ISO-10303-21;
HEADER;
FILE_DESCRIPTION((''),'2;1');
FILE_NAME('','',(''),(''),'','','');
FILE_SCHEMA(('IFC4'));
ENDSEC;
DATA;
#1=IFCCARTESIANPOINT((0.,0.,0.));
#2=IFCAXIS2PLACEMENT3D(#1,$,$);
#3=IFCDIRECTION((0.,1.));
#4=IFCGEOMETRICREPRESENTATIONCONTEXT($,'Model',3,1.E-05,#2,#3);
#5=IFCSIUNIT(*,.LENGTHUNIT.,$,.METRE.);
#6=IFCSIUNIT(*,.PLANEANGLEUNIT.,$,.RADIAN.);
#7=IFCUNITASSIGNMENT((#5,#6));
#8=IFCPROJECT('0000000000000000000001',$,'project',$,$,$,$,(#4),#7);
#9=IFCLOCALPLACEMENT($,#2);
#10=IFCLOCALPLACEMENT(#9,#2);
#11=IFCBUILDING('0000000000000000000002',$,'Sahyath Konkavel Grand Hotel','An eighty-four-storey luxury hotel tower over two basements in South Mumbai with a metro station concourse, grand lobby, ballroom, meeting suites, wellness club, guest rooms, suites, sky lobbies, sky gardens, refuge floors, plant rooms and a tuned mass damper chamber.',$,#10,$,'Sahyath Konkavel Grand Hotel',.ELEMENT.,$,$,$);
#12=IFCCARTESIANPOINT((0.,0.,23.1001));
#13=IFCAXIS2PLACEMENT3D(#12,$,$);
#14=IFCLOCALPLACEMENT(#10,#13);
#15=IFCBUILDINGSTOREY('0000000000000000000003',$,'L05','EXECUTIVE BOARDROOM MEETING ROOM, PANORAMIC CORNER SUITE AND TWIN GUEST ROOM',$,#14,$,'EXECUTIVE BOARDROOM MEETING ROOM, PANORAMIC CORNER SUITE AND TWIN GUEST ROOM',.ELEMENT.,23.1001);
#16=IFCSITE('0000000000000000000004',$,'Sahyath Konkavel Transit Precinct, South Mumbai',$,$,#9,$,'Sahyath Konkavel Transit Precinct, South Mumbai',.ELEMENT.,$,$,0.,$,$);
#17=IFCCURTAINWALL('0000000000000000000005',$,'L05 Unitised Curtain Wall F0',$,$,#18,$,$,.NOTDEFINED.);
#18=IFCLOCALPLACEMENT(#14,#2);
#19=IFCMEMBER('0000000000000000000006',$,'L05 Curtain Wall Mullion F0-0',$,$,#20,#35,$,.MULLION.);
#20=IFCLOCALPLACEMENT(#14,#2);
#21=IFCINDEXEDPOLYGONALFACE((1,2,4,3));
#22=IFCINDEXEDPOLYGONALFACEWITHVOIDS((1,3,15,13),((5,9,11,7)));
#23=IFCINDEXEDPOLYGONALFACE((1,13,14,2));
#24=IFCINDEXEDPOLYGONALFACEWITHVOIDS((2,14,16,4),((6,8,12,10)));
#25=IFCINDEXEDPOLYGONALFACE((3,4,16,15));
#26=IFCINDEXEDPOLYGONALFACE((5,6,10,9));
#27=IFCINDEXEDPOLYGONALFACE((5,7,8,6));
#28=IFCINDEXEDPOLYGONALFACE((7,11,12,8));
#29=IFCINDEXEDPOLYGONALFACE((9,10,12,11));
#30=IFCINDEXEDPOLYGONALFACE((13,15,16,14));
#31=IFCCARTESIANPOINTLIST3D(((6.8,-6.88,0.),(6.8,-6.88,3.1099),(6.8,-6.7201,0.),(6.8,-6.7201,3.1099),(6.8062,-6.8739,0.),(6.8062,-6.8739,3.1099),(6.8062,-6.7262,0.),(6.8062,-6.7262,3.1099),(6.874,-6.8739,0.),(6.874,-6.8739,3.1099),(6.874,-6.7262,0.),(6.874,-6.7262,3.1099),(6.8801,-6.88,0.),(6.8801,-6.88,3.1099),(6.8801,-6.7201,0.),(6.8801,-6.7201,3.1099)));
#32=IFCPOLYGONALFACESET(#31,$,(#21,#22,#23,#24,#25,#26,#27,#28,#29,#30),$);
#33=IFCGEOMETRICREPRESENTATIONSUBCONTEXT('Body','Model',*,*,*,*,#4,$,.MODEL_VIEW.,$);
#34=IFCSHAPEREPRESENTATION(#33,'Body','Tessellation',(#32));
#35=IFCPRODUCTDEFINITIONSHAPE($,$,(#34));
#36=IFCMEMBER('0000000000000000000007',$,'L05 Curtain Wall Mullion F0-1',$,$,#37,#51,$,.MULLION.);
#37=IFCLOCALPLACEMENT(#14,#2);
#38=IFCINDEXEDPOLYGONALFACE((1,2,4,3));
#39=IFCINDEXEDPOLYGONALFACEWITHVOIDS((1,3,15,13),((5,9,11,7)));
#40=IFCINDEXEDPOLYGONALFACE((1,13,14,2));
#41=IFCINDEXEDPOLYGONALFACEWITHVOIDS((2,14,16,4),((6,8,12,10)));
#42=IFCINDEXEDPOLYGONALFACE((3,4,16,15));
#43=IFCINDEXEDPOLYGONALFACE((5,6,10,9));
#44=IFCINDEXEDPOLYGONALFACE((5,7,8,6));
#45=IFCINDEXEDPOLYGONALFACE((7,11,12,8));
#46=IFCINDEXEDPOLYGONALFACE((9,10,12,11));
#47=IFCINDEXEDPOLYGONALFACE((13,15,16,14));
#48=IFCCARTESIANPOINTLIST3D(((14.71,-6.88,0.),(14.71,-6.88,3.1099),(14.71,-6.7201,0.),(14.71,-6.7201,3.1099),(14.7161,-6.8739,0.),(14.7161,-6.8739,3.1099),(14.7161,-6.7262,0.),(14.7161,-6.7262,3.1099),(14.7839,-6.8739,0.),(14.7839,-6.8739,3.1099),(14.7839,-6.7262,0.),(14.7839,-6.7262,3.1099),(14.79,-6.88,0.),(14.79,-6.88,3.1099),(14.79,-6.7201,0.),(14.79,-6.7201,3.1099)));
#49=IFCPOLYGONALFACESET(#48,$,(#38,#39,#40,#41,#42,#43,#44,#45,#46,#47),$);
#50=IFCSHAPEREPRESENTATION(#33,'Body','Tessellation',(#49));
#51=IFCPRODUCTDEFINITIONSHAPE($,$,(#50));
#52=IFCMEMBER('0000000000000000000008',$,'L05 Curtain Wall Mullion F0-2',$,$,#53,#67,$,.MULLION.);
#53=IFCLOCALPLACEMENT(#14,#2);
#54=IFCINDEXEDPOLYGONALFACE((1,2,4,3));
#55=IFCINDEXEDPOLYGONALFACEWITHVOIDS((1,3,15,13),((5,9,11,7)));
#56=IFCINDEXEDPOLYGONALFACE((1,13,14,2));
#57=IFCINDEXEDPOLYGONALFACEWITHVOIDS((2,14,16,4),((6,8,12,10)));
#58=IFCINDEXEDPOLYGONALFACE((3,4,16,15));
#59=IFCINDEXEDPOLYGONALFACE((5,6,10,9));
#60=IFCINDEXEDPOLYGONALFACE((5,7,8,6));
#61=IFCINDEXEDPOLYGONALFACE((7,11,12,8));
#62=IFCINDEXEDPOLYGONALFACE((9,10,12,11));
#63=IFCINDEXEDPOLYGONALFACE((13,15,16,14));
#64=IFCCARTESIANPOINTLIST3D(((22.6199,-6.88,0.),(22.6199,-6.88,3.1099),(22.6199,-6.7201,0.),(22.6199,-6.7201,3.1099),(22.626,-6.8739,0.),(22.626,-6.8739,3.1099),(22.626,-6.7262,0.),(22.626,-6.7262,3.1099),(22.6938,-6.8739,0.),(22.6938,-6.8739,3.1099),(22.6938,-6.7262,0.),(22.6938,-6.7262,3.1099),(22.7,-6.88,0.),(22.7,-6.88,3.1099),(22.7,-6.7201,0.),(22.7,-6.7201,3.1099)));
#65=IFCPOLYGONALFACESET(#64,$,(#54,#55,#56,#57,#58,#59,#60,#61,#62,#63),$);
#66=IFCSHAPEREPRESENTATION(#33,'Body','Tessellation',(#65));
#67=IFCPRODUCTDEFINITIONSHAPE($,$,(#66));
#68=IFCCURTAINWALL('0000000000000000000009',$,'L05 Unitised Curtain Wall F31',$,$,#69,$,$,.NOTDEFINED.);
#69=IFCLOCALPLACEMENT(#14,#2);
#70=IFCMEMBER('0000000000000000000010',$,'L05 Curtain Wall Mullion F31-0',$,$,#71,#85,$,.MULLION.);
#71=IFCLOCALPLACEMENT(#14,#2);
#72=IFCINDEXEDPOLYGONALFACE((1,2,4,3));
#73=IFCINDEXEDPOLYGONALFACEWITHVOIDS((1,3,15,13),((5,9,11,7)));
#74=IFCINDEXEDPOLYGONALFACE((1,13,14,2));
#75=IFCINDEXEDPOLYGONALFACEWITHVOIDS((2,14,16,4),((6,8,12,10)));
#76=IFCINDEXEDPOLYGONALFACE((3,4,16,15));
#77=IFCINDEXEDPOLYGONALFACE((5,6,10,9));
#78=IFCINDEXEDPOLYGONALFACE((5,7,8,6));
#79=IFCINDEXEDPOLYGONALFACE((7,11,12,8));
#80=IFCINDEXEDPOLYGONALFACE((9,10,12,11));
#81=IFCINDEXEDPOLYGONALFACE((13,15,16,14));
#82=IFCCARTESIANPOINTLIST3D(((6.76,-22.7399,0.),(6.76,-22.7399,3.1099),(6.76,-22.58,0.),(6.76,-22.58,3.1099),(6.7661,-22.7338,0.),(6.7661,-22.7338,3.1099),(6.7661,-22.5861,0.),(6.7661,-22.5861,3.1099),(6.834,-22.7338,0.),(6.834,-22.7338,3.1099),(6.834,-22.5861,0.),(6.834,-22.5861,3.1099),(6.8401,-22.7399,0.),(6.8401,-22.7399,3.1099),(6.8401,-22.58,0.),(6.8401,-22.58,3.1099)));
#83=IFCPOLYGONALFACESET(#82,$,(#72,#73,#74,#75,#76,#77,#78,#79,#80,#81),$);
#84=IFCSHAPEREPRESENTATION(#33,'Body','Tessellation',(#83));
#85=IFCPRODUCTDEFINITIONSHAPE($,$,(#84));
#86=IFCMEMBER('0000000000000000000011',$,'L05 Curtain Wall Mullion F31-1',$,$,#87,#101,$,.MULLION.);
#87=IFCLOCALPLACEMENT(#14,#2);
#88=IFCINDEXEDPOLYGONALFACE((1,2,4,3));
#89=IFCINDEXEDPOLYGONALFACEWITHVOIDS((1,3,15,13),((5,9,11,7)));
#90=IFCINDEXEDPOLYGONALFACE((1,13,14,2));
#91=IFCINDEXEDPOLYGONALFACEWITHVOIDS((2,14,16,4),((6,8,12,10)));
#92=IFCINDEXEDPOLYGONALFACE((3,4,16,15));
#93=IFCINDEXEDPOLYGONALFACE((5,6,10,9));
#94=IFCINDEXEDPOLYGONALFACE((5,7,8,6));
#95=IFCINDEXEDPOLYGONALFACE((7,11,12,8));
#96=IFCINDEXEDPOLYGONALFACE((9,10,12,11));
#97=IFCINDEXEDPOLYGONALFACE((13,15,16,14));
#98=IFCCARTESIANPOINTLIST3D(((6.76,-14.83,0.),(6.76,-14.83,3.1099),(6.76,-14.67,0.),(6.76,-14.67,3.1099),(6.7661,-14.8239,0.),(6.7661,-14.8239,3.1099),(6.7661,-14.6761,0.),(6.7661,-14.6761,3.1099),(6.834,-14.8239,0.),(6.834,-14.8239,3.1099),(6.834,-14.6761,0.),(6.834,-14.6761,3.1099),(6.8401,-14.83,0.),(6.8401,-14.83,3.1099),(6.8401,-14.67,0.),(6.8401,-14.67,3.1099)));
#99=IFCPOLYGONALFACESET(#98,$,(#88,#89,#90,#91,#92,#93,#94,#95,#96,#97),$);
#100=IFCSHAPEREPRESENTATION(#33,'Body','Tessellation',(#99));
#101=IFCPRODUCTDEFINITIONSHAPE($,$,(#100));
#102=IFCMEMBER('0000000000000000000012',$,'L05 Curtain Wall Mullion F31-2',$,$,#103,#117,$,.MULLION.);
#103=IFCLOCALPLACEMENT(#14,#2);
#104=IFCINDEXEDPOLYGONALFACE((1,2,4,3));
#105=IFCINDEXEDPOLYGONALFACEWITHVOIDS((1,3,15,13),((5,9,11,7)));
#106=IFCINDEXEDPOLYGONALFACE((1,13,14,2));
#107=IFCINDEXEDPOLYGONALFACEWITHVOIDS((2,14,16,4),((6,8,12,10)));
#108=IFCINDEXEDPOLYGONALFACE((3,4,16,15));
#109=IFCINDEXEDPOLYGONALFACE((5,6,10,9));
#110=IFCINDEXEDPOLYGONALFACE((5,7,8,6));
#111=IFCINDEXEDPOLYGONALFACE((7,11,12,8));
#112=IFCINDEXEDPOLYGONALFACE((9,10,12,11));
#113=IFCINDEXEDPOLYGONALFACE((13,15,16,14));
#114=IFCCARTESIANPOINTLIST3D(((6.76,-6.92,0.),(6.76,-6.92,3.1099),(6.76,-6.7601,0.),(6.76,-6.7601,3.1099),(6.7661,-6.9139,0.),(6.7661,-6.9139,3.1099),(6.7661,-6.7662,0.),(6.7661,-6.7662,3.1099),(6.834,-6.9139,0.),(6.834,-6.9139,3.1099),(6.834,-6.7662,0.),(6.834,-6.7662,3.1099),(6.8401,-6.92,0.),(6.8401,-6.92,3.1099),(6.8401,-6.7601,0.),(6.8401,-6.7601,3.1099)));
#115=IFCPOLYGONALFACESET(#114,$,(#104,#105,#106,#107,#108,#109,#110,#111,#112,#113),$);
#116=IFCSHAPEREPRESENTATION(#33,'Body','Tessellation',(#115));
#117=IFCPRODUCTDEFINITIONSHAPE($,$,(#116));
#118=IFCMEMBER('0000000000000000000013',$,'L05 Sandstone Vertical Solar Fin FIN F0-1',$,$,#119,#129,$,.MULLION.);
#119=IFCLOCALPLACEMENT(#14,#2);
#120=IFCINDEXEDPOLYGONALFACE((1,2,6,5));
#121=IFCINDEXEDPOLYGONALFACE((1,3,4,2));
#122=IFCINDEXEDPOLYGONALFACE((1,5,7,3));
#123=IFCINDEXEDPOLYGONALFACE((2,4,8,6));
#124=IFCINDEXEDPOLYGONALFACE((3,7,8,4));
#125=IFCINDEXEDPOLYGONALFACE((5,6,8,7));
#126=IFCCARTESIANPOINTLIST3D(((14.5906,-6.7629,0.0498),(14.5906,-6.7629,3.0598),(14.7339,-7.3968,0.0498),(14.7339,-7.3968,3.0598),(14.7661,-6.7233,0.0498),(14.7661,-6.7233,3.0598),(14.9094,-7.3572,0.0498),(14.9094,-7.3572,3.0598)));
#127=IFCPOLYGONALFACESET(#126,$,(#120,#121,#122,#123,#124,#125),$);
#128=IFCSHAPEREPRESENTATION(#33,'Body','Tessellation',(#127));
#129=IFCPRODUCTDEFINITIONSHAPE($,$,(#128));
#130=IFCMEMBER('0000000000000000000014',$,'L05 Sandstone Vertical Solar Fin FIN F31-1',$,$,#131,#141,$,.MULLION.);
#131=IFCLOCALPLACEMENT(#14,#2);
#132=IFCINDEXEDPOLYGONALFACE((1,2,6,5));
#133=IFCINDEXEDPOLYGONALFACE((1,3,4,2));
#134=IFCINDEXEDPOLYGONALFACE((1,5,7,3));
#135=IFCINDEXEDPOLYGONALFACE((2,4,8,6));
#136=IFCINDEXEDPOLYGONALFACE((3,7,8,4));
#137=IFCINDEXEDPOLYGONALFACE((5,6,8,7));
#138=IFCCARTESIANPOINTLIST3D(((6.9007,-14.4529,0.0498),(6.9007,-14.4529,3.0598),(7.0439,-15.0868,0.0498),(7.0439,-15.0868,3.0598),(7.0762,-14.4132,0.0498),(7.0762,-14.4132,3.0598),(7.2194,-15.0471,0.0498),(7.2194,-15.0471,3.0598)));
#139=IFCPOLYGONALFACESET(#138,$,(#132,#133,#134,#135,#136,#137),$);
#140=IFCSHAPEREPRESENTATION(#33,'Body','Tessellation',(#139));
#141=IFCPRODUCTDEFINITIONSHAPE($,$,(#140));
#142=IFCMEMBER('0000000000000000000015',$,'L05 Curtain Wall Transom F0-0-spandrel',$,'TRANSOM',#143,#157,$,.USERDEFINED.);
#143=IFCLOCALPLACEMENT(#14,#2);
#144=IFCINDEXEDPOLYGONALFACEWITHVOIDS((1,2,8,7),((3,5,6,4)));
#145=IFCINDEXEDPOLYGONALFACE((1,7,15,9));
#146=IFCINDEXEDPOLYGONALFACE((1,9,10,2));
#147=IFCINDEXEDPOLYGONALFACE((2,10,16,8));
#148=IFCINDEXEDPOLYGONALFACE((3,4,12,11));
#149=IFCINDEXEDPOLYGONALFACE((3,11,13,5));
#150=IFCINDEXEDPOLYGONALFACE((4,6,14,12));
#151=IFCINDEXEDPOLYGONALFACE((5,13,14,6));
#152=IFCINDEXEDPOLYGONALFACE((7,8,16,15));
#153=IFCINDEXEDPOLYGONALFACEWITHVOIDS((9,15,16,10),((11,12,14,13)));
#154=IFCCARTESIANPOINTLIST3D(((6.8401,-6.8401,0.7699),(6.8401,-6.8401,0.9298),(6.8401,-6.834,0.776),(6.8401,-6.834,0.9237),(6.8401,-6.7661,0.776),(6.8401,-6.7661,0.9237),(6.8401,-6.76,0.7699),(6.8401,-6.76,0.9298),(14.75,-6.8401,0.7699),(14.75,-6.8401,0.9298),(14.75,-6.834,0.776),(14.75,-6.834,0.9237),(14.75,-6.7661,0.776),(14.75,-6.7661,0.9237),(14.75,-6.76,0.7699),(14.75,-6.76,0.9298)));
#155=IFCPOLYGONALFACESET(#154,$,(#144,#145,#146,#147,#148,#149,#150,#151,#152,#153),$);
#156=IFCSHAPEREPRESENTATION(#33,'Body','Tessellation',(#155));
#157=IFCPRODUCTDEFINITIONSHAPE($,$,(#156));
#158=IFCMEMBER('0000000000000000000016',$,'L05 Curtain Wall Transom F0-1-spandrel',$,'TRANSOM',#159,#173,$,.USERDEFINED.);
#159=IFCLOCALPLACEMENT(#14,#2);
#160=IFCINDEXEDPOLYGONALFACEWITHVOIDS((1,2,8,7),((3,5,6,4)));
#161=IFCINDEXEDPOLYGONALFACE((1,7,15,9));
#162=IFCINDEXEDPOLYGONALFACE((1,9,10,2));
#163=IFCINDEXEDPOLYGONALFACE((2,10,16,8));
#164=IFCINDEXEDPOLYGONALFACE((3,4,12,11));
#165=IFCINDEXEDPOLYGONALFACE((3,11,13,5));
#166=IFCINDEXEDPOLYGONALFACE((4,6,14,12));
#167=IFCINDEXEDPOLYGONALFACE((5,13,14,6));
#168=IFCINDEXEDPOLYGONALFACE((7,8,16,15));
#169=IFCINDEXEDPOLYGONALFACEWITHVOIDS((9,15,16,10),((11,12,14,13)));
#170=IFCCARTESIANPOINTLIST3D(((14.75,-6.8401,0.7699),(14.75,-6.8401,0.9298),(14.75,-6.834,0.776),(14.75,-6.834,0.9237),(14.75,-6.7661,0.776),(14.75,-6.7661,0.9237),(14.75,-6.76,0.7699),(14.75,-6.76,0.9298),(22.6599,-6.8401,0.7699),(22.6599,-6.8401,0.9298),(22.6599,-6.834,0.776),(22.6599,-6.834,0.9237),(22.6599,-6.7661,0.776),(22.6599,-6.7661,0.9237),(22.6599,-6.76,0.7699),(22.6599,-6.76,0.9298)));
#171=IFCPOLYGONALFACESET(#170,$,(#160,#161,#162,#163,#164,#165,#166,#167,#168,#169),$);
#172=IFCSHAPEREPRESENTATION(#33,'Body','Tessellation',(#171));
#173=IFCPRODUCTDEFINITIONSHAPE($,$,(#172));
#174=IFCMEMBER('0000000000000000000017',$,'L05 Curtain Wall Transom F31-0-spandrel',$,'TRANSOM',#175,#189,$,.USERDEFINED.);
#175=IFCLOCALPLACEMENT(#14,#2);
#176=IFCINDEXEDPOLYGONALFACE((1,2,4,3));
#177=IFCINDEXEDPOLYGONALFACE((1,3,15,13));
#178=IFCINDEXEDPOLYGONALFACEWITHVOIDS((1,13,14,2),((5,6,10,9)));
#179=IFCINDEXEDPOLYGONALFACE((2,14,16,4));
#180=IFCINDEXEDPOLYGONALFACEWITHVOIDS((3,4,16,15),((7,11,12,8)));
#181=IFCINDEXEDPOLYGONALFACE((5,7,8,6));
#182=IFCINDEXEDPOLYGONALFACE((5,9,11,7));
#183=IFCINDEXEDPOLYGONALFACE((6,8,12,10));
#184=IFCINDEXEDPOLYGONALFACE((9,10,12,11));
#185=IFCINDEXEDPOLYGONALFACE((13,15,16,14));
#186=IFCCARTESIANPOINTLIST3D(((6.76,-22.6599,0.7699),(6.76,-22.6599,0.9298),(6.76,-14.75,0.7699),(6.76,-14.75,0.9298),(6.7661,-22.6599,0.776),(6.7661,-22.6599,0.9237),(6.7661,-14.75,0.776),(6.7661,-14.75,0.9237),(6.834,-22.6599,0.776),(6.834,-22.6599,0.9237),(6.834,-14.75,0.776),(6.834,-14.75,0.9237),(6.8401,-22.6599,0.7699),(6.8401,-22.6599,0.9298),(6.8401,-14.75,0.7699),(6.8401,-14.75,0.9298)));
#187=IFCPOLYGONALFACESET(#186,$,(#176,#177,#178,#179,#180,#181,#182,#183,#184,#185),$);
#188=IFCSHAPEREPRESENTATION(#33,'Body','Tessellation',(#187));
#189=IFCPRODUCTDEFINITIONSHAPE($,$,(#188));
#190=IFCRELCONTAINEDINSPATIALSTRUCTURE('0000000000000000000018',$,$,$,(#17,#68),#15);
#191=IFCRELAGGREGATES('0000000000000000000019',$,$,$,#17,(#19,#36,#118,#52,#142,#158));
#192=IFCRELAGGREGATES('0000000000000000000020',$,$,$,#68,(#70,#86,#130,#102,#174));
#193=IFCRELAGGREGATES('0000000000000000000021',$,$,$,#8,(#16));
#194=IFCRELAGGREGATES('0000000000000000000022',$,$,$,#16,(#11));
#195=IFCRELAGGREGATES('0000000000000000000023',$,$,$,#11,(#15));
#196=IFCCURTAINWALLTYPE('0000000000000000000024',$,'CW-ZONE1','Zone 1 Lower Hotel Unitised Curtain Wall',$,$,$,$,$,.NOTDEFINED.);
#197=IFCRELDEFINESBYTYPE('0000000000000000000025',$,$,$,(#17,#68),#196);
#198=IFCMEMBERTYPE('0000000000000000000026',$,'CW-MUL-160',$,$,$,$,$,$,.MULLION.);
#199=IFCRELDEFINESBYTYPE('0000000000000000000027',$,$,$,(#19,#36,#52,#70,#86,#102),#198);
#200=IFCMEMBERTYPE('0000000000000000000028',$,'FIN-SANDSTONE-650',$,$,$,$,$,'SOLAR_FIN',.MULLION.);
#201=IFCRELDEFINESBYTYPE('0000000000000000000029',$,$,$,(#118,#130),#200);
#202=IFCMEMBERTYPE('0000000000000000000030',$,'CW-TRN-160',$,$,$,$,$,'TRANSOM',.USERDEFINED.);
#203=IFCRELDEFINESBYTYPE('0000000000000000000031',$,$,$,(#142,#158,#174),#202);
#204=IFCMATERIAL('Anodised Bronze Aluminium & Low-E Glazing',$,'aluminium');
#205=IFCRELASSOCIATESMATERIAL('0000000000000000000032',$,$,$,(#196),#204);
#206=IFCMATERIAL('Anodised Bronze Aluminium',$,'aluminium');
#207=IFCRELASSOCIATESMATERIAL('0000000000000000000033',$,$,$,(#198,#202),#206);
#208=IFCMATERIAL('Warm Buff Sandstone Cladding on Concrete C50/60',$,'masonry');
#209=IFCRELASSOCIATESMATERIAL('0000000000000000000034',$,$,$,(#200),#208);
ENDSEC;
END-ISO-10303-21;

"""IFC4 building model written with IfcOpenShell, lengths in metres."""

from ifc_helpers import new_model, si_unit, direction, frame, origin, origin_2d, place, context, subcontext, project, spatial, rectangle, hollow_rectangle, extrude, source, transform, mapped, material, material_profile, profile_set, type_object, element, aggregate, save


model = new_model("IFC4")

# Units and contexts
model_context = context("Model", 3, precision=1e-05, world=origin(), true_north=direction((0.0, 1.0)))
body_context = subcontext(model_context, "Body", "Model", "MODEL_VIEW")
ifc_project = project(units=[si_unit("LENGTHUNIT", "METRE"), si_unit("PLANEANGLEUNIT", "RADIAN")], contexts=[model_context])

# Site, building, storey
site_placement = place(None, origin())
site = spatial("IfcSite", under=ifc_project, at=site_placement, Name="Sahyath Konkavel Transit Precinct, South Mumbai", LongName="Sahyath Konkavel Transit Precinct, South Mumbai", CompositionType="ELEMENT", RefElevation=0.0)
building_placement = place(site_placement, origin())
building = spatial("IfcBuilding", under=site, at=building_placement, Name="Sahyath Konkavel Grand Hotel", Description="An eighty-four-storey luxury hotel tower over two basements in South Mumbai with a metro station concourse, grand lobby, ballroom, meeting suites, wellness club, guest rooms, suites, sky lobbies, sky gardens, refuge floors, plant rooms and a tuned mass damper chamber.", LongName="Sahyath Konkavel Grand Hotel", CompositionType="ELEMENT")
storey_placement = place(building_placement, frame((0.0, 0.0, 23.1001)))
storey = spatial("IfcBuildingStorey", under=building, at=storey_placement, Name="L05", Description="EXECUTIVE BOARDROOM MEETING ROOM, PANORAMIC CORNER SUITE AND TWIN GUEST ROOM", LongName="EXECUTIVE BOARDROOM MEETING ROOM, PANORAMIC CORNER SUITE AND TWIN GUEST ROOM", CompositionType="ELEMENT", Elevation=23.1001)

# Curtain walls, members
ifc_material_1 = material(Name="Anodised Bronze Aluminium & Low-E Glazing", Category="aluminium")
curtain_wall_type = type_object("IfcCurtainWallType", Name="CW-ZONE1", Description="Zone 1 Lower Hotel Unitised Curtain Wall", PredefinedType="NOTDEFINED", material=ifc_material_1)
curtain_wall_1_placement = place(storey_placement, origin())
curtain_wall_1 = element("IfcCurtainWall", 1, at=curtain_wall_1_placement, inside=storey, type_object=curtain_wall_type, Name="L05 Unitised Curtain Wall F0", PredefinedType="NOTDEFINED")
ifc_material_2 = material(Name="Anodised Bronze Aluminium", Category="aluminium")
ifc_material_profile_1 = material_profile(ifc_material_2, hollow_rectangle(XDim=0.0801, YDim=0.1599, WallThickness=0.0061, at=origin_2d()), Name="RHS 160x80x6")
ifc_profile_set_1 = profile_set([ifc_material_profile_1], Name="Anodised Bronze Aluminium")
member_type_1 = type_object("IfcMemberType", Name="CW-MUL-160", PredefinedType="MULLION", material=ifc_profile_set_1)
shared_shape_1 = source(origin(), body_context, "Body", "SweptSolid", [
    extrude(hollow_rectangle(XDim=0.0801, YDim=0.1599, WallThickness=0.0061, at=origin_2d()), origin(), (0.0, 0.0, 1.0), 3.1099),
])
member_1_placement = place(storey_placement, frame((6.8401, -6.8, 0.0), z_axis=(0.0, 0.0, 1.0), x_axis=(1.0, 0.0, 0.0)))
member_1 = element("IfcMember", 2, at=member_1_placement, type_object=member_type_1, Name="L05 Curtain Wall Mullion F0-0", PredefinedType="MULLION", context=body_context, shape_type="MappedRepresentation", body=[
    mapped(shared_shape_1, transform((0.0, 0.0, 0.0), scale=1.0)),
])
member_2_placement = place(storey_placement, frame((14.75, -6.8, 0.0), z_axis=(0.0, 0.0, 1.0), x_axis=(1.0, 0.0, 0.0)))
member_2 = element("IfcMember", 3, at=member_2_placement, type_object=member_type_1, Name="L05 Curtain Wall Mullion F0-1", PredefinedType="MULLION", context=body_context, shape_type="MappedRepresentation", body=[
    mapped(shared_shape_1, transform((0.0, 0.0, 0.0), scale=1.0)),
])
member_3_placement = place(storey_placement, frame((22.6599, -6.8, 0.0), z_axis=(0.0, 0.0, 1.0), x_axis=(1.0, 0.0, 0.0)))
member_3 = element("IfcMember", 4, at=member_3_placement, type_object=member_type_1, Name="L05 Curtain Wall Mullion F0-2", PredefinedType="MULLION", context=body_context, shape_type="MappedRepresentation", body=[
    mapped(shared_shape_1, transform((0.0, 0.0, 0.0), scale=1.0)),
])
curtain_wall_2_placement = place(storey_placement, origin())
curtain_wall_2 = element("IfcCurtainWall", 5, at=curtain_wall_2_placement, inside=storey, type_object=curtain_wall_type, Name="L05 Unitised Curtain Wall F31", PredefinedType="NOTDEFINED")
member_4_placement = place(storey_placement, frame((6.8, -22.6599, 0.0), z_axis=(0.0, 0.0, 1.0), x_axis=(1.0, 0.0, 0.0)))
member_4 = element("IfcMember", 6, at=member_4_placement, type_object=member_type_1, Name="L05 Curtain Wall Mullion F31-0", PredefinedType="MULLION", context=body_context, shape_type="MappedRepresentation", body=[
    mapped(shared_shape_1, transform((0.0, 0.0, 0.0), scale=1.0)),
])
member_5_placement = place(storey_placement, frame((6.8, -14.75, 0.0), z_axis=(0.0, 0.0, 1.0), x_axis=(1.0, 0.0, 0.0)))
member_5 = element("IfcMember", 7, at=member_5_placement, type_object=member_type_1, Name="L05 Curtain Wall Mullion F31-1", PredefinedType="MULLION", context=body_context, shape_type="MappedRepresentation", body=[
    mapped(shared_shape_1, transform((0.0, 0.0, 0.0), scale=1.0)),
])
member_6_placement = place(storey_placement, frame((6.8, -6.8401, 0.0), z_axis=(0.0, 0.0, 1.0), x_axis=(1.0, 0.0, 0.0)))
member_6 = element("IfcMember", 8, at=member_6_placement, type_object=member_type_1, Name="L05 Curtain Wall Mullion F31-2", PredefinedType="MULLION", context=body_context, shape_type="MappedRepresentation", body=[
    mapped(shared_shape_1, transform((0.0, 0.0, 0.0), scale=1.0)),
])

# Members
ifc_material_3 = material(Name="Warm Buff Sandstone Cladding on Concrete C50/60", Category="masonry")
ifc_material_profile_2 = material_profile(ifc_material_3, rectangle(XDim=0.1799, YDim=0.6499, at=origin_2d()), Name="FIN 180x650")
ifc_profile_set_2 = profile_set([ifc_material_profile_2], Name="Warm Buff Sandstone Cladding on Concrete C50/60")
member_type_2 = type_object("IfcMemberType", Name="FIN-SANDSTONE-650", ElementType="SOLAR_FIN", PredefinedType="MULLION", material=ifc_profile_set_2)
shared_shape_2 = source(origin(), body_context, "Body", "SweptSolid", [
    extrude(rectangle(XDim=0.1799, YDim=0.6499, at=origin_2d()), origin(), (0.0, 0.0, 1.0), 3.01),
])
member_7_placement = place(storey_placement, frame((14.75, -7.0601, 0.0498), z_axis=(0.0, 0.0, 1.0), x_axis=(0.975419, 0.220357, 0.0)))
member_7 = element("IfcMember", 9, at=member_7_placement, type_object=member_type_2, Name="L05 Sandstone Vertical Solar Fin FIN F0-1", PredefinedType="MULLION", context=body_context, shape_type="MappedRepresentation", body=[
    mapped(shared_shape_2, transform((0.0, 0.0, 0.0), scale=1.0)),
])
member_8_placement = place(storey_placement, frame((7.0601, -14.75, 0.0498), z_axis=(0.0, 0.0, 1.0), x_axis=(0.975419, 0.220357, 0.0)))
member_8 = element("IfcMember", 10, at=member_8_placement, type_object=member_type_2, Name="L05 Sandstone Vertical Solar Fin FIN F31-1", PredefinedType="MULLION", context=body_context, shape_type="MappedRepresentation", body=[
    mapped(shared_shape_2, transform((0.0, 0.0, 0.0), scale=1.0)),
])
ifc_material_profile_3 = material_profile(ifc_material_2, hollow_rectangle(XDim=0.0801, YDim=0.1599, WallThickness=0.0061, at=origin_2d()), Name="RHS 160x80x6")
ifc_profile_set_3 = profile_set([ifc_material_profile_3], Name="Anodised Bronze Aluminium")
member_type_3 = type_object("IfcMemberType", Name="CW-TRN-160", ElementType="TRANSOM", PredefinedType="USERDEFINED", material=ifc_profile_set_3)
shared_shape_3 = source(origin(), body_context, "Body", "SweptSolid", [
    extrude(hollow_rectangle(XDim=0.0801, YDim=0.1599, WallThickness=0.0061, at=origin_2d()), origin(), (0.0, 0.0, 1.0), 7.9099),
])
member_9_placement = place(storey_placement, frame((6.8401, -6.8, 0.8499), z_axis=(1.0, 0.0, 0.0), x_axis=(0.0, 1.0, 0.0)))
member_9 = element("IfcMember", 11, at=member_9_placement, type_object=member_type_3, Name="L05 Curtain Wall Transom F0-0-spandrel", ObjectType="TRANSOM", PredefinedType="USERDEFINED", context=body_context, shape_type="MappedRepresentation", body=[
    mapped(shared_shape_3, transform((0.0, 0.0, 0.0), scale=1.0)),
])
member_10_placement = place(storey_placement, frame((14.75, -6.8, 0.8499), z_axis=(1.0, 0.0, 0.0), x_axis=(0.0, 1.0, 0.0)))
member_10 = element("IfcMember", 12, at=member_10_placement, type_object=member_type_3, Name="L05 Curtain Wall Transom F0-1-spandrel", ObjectType="TRANSOM", PredefinedType="USERDEFINED", context=body_context, shape_type="MappedRepresentation", body=[
    mapped(shared_shape_3, transform((0.0, 0.0, 0.0), scale=1.0)),
])
member_11_placement = place(storey_placement, frame((6.8, -22.6599, 0.8499), z_axis=(0.0, 1.0, 0.0), x_axis=(-1.0, 0.0, 0.0)))
member_11 = element("IfcMember", 13, at=member_11_placement, type_object=member_type_3, Name="L05 Curtain Wall Transom F31-0-spandrel", ObjectType="TRANSOM", PredefinedType="USERDEFINED", context=body_context, shape_type="MappedRepresentation", body=[
    mapped(shared_shape_3, transform((0.0, 0.0, 0.0), scale=1.0)),
])

aggregate(curtain_wall_1, [member_1, member_2, member_7, member_3, member_9, member_10])
aggregate(curtain_wall_2, [member_4, member_5, member_8, member_6, member_11])

save(model, "model.ifc")
